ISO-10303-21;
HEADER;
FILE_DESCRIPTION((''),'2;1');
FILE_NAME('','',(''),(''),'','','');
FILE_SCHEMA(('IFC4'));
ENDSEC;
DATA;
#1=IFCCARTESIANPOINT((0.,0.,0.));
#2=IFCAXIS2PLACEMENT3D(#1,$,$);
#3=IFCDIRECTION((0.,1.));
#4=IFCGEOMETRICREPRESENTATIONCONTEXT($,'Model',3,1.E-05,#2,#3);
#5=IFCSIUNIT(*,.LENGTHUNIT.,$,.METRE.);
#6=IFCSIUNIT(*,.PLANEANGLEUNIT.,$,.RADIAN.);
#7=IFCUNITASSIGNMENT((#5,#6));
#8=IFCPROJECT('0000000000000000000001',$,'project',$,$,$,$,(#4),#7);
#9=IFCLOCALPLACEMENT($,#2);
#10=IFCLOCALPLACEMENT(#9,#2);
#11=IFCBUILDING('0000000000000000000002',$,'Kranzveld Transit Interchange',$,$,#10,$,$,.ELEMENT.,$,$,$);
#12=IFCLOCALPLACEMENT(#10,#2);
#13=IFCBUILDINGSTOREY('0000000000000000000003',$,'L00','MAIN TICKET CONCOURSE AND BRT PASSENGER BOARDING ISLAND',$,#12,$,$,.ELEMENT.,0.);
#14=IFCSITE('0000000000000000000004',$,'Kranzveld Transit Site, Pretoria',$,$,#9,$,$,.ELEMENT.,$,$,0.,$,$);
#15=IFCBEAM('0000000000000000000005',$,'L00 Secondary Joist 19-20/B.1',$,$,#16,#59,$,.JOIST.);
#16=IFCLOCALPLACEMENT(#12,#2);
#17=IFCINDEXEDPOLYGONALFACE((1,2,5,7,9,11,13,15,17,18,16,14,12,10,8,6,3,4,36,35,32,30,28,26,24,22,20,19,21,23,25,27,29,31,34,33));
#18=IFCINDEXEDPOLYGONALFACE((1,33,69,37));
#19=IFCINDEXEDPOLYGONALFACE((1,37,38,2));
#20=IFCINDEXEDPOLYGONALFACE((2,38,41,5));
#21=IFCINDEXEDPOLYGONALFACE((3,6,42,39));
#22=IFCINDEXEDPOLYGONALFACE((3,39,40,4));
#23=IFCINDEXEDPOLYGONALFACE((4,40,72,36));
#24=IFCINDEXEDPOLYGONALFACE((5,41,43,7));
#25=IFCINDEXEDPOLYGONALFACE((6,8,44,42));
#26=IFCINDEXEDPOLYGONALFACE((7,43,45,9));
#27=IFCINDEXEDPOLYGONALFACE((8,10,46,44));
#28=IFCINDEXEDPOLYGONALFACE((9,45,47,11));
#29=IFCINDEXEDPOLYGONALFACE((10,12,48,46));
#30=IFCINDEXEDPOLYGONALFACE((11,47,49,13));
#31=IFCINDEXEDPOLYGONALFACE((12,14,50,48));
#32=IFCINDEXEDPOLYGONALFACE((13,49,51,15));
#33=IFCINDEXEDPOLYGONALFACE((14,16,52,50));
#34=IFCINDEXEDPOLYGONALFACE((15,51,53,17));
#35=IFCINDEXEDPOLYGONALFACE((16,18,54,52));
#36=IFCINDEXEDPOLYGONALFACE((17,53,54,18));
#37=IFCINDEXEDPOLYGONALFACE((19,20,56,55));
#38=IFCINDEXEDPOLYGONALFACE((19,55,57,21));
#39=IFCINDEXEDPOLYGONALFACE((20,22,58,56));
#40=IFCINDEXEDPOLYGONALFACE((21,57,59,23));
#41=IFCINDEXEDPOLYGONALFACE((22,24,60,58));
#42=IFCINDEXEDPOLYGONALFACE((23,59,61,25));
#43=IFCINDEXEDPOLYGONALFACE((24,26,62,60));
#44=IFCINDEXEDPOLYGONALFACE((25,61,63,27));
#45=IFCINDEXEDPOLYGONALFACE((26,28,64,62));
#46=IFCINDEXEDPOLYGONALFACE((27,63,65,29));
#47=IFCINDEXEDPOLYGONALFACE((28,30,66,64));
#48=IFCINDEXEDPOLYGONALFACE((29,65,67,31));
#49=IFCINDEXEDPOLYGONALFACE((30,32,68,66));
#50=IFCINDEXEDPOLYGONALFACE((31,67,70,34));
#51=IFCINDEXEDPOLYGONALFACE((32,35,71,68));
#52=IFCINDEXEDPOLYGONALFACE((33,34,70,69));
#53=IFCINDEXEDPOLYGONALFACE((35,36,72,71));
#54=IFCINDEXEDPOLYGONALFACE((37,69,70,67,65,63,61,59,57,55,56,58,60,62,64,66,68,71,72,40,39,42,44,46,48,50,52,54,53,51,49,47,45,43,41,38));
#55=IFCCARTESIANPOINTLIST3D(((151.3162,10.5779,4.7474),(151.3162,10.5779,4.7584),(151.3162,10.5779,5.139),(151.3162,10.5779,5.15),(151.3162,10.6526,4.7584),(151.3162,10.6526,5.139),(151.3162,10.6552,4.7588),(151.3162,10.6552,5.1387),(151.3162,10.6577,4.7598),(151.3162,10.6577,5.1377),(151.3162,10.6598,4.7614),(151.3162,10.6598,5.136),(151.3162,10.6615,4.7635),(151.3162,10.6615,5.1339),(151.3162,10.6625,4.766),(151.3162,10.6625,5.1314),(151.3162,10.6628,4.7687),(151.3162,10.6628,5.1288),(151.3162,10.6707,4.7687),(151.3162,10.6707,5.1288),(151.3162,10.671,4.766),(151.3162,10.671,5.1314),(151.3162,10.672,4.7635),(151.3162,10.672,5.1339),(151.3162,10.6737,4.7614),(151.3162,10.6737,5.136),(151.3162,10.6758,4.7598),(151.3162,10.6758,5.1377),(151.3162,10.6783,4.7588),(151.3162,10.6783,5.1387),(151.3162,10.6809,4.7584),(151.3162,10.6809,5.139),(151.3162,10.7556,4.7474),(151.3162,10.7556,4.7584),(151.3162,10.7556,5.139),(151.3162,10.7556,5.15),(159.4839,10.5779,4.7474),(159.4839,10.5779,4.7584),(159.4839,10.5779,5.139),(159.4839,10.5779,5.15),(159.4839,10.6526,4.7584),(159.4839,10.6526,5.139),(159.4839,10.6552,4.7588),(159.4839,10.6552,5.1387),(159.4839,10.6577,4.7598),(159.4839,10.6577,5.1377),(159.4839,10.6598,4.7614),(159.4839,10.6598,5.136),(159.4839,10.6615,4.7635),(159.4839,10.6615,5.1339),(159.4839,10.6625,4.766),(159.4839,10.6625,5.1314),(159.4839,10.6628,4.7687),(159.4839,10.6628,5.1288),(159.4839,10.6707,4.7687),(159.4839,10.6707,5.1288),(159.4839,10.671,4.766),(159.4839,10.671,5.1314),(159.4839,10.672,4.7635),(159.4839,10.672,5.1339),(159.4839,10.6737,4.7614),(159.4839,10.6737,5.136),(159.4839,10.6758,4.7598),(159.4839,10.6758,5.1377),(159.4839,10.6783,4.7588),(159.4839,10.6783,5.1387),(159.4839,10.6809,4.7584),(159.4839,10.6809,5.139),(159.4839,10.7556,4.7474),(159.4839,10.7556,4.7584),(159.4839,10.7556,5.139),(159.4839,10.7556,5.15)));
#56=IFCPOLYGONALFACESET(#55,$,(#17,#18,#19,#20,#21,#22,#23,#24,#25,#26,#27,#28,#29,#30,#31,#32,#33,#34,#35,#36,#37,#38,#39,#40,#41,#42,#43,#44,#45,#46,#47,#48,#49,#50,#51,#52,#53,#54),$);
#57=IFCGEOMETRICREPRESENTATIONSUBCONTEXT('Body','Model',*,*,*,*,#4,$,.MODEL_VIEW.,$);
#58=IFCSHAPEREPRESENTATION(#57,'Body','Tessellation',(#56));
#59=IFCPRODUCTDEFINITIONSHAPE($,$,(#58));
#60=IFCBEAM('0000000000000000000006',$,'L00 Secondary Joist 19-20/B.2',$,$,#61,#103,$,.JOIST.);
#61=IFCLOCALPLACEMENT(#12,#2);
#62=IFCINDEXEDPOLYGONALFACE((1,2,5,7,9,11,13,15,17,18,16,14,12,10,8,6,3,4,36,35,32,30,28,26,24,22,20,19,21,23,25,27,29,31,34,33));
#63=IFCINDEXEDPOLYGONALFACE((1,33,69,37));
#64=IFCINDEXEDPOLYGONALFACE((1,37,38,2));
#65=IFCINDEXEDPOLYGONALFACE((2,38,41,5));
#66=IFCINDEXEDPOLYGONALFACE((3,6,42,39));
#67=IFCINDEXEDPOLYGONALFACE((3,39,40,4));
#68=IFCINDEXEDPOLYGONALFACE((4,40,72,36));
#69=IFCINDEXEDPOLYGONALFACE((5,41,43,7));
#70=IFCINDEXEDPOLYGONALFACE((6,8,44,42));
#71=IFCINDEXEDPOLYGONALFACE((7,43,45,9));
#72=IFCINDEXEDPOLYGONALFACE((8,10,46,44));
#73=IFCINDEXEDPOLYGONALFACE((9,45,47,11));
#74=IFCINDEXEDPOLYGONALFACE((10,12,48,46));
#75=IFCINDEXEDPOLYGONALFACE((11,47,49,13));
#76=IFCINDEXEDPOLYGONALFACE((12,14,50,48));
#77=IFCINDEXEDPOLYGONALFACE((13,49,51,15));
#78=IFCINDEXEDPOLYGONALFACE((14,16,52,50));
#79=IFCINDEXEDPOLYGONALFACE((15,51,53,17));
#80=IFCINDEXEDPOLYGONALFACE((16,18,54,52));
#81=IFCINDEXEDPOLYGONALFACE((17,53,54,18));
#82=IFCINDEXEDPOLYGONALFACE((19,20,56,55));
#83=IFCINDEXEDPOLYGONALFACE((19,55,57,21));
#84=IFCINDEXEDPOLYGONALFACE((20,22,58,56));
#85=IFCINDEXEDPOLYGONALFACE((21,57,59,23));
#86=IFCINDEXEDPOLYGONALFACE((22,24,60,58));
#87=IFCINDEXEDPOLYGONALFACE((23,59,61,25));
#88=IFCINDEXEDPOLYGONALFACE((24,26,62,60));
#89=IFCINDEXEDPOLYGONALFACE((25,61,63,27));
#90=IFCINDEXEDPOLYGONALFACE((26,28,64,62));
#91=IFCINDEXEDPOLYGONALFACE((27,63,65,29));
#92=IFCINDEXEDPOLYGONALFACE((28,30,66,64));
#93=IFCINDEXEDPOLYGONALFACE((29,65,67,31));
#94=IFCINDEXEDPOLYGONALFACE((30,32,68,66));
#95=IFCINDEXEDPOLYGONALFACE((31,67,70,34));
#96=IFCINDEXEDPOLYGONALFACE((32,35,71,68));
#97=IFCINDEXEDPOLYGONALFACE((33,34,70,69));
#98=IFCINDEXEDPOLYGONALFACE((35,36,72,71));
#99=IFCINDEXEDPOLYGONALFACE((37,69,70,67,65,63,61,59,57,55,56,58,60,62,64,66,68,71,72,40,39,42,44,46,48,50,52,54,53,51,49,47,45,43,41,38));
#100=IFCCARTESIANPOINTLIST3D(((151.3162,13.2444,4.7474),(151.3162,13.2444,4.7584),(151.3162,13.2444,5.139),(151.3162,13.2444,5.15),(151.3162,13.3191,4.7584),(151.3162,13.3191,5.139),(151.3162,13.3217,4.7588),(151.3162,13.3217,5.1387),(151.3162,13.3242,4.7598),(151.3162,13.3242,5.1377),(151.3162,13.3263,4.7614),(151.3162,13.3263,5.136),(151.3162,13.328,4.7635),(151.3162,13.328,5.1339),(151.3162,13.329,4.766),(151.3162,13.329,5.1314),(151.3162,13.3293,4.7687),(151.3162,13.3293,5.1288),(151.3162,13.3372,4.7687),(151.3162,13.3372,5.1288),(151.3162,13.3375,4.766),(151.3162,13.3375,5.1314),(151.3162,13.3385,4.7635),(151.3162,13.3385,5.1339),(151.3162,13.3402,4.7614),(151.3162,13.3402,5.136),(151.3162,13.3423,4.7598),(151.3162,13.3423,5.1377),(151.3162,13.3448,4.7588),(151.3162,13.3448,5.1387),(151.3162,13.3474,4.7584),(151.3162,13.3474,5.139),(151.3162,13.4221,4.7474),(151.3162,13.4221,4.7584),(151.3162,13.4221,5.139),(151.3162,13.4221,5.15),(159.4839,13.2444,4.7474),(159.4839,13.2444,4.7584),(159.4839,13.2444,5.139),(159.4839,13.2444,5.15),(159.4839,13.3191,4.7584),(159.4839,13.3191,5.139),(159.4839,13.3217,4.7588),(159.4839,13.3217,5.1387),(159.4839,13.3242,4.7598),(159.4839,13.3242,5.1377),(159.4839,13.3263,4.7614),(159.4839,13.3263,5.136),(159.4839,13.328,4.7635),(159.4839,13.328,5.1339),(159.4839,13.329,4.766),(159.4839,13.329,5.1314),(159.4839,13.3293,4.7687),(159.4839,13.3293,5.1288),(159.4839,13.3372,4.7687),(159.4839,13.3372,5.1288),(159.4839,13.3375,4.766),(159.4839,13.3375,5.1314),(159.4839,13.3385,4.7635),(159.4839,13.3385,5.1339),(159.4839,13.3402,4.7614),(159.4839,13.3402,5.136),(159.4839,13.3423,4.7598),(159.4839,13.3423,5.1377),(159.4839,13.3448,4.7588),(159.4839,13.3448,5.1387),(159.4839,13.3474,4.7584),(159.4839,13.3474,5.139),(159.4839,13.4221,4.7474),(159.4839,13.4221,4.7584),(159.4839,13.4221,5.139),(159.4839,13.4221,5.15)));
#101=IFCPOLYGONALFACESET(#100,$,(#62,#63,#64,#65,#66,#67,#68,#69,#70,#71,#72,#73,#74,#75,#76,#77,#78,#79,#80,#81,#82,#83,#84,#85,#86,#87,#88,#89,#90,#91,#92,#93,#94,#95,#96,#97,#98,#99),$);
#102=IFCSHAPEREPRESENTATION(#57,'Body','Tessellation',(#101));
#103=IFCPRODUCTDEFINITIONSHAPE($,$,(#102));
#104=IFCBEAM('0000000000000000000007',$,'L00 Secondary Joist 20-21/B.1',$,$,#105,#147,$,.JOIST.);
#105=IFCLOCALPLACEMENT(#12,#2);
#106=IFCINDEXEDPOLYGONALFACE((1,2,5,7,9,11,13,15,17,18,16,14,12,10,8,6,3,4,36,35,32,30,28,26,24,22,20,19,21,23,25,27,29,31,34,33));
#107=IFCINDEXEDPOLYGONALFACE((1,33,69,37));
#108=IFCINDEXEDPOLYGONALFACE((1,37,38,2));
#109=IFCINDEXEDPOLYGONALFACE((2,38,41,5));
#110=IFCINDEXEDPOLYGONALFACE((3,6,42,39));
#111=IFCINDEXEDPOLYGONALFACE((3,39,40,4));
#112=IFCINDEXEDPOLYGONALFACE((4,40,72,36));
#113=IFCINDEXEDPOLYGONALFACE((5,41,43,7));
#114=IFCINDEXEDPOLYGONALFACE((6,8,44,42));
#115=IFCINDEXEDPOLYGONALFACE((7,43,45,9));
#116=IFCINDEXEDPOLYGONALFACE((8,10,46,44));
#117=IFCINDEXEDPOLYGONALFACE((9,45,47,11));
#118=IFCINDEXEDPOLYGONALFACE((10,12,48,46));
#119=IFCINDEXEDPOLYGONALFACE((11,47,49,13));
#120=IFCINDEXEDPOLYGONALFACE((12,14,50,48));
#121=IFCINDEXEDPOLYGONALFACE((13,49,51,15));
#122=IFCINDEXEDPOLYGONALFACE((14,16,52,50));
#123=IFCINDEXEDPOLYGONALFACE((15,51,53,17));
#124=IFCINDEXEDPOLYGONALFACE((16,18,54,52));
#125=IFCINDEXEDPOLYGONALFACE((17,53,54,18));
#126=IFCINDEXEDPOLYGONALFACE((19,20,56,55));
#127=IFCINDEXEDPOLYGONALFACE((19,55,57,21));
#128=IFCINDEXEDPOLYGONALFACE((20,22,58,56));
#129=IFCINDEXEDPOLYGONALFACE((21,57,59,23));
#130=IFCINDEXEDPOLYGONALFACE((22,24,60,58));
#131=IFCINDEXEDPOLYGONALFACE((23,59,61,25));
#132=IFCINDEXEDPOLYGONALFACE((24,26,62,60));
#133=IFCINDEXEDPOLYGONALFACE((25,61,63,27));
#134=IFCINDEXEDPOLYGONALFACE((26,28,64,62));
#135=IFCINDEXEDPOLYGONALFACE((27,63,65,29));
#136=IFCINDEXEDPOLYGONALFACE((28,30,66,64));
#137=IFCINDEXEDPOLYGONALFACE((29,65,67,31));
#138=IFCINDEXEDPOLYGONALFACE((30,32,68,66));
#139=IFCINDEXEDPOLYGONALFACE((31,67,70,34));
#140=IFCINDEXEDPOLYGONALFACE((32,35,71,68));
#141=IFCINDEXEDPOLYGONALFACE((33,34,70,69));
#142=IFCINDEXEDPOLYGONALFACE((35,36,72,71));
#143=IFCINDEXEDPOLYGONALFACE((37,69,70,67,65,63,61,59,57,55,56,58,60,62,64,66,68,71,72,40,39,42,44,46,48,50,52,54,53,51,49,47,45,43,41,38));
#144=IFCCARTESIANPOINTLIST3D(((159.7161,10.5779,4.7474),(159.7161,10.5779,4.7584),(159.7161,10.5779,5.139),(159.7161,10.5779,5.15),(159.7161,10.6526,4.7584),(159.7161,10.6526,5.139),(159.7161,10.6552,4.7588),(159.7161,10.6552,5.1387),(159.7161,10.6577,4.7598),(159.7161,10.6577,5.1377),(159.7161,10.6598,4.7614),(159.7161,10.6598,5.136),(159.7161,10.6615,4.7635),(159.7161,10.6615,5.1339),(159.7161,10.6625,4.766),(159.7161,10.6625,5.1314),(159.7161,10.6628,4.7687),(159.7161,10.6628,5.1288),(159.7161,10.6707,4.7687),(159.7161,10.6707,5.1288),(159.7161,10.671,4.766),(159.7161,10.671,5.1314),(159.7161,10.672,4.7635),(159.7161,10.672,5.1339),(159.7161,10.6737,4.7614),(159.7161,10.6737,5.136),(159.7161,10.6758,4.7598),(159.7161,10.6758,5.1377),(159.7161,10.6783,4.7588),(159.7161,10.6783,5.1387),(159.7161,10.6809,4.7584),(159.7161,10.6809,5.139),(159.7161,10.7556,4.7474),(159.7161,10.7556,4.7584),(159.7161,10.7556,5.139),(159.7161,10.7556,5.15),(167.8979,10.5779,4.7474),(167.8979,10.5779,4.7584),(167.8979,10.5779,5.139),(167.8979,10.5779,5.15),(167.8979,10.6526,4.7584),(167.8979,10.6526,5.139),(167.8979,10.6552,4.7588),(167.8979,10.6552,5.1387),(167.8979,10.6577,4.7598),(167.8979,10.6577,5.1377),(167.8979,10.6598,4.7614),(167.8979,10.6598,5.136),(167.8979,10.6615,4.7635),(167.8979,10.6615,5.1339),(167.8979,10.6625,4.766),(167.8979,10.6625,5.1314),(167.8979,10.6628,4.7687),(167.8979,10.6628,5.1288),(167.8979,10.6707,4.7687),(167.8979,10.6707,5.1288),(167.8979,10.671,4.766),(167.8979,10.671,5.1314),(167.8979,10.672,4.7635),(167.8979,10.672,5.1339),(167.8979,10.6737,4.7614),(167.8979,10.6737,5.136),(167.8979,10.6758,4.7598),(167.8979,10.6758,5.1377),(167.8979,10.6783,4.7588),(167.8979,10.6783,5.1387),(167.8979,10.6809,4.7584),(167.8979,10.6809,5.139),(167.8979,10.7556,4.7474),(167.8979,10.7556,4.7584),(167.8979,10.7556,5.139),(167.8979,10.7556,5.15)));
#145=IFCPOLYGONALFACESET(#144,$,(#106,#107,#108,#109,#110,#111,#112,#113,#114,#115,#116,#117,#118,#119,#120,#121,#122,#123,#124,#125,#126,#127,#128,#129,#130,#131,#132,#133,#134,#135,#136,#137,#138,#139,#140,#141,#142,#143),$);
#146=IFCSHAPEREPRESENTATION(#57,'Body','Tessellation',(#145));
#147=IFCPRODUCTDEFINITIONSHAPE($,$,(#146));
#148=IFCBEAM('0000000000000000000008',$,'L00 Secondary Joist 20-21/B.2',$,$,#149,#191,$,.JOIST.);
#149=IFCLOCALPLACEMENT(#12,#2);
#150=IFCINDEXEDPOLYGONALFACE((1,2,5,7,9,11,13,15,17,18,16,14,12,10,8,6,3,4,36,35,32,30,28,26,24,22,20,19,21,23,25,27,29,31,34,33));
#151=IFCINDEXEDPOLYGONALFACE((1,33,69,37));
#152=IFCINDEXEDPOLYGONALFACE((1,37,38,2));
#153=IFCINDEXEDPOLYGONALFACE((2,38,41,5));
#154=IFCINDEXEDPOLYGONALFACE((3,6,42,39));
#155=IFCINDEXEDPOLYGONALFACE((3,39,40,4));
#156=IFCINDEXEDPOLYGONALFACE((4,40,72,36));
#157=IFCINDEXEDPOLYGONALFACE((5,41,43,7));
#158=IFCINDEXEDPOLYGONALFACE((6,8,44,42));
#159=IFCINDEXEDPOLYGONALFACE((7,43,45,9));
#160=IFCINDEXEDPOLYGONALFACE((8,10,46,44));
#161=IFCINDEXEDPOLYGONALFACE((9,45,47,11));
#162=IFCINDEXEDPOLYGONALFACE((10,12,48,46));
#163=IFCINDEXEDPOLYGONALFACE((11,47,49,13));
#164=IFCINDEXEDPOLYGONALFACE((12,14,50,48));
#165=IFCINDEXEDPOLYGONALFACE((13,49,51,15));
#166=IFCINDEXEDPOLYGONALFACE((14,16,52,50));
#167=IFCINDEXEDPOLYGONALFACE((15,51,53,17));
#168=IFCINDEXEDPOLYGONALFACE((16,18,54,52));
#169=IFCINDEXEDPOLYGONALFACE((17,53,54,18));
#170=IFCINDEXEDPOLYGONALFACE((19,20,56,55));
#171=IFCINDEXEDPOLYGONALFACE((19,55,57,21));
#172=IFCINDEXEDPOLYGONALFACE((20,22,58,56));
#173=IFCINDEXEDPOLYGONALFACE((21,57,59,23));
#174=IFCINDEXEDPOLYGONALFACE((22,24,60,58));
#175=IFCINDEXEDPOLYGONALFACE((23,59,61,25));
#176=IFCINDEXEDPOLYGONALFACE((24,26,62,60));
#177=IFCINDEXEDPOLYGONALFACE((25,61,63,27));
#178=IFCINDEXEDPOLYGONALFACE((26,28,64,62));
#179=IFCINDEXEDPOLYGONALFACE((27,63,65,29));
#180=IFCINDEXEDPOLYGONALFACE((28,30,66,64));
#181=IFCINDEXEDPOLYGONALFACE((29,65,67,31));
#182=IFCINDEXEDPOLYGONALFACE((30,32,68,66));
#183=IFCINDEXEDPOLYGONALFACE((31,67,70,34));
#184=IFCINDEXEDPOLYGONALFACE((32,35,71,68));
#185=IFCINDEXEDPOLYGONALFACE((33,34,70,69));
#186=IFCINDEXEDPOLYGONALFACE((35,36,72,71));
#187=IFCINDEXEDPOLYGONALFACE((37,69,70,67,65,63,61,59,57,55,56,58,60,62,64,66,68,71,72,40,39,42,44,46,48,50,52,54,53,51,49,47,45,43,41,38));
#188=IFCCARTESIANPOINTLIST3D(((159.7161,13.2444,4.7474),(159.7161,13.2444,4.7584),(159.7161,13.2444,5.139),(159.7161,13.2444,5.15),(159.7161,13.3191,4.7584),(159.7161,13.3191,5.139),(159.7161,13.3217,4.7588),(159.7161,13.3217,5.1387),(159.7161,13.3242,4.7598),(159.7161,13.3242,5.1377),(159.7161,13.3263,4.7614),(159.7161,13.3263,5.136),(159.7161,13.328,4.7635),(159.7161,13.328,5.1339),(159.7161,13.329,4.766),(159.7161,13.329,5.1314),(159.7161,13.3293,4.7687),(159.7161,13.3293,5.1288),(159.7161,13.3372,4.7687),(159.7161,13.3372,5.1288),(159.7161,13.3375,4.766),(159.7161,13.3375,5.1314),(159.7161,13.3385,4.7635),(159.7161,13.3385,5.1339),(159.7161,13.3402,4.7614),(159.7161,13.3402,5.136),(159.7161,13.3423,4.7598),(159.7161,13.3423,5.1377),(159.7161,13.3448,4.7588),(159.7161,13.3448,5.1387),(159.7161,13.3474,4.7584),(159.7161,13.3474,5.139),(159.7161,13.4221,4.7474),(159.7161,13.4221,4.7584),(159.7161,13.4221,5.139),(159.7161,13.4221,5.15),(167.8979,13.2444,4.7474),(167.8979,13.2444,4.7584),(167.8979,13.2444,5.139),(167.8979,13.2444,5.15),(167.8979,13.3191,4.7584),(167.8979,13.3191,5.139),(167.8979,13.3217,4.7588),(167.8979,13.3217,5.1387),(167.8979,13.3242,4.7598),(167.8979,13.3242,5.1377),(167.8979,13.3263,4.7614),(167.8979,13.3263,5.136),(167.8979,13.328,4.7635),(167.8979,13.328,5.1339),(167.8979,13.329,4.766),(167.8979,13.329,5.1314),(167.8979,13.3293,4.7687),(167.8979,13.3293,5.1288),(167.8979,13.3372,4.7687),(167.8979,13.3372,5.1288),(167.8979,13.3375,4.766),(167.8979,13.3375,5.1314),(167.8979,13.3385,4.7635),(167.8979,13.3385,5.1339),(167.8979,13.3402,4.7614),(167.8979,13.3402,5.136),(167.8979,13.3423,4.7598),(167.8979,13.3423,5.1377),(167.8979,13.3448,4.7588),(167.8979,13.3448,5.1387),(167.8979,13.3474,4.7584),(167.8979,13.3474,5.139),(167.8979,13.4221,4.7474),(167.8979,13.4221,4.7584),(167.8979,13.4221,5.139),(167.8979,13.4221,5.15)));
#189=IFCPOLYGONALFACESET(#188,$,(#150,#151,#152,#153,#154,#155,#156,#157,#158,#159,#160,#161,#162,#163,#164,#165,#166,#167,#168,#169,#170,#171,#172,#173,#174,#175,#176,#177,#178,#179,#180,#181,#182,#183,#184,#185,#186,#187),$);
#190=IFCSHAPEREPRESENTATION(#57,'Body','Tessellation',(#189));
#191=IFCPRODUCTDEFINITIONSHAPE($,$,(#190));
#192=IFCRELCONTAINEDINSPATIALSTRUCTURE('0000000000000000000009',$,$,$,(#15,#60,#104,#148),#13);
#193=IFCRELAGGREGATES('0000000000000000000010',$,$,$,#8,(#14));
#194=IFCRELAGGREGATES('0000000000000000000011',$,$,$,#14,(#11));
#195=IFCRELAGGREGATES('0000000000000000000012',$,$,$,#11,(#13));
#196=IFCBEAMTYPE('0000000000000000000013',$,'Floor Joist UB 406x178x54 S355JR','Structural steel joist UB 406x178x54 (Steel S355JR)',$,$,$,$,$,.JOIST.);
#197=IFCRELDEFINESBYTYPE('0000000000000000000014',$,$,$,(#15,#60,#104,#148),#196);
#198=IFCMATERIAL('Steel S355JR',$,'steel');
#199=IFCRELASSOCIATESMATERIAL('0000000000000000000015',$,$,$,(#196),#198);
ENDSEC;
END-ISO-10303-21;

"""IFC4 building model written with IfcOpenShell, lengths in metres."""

from ifc_helpers import new_model, si_unit, direction, frame, origin, origin_2d, place, context, subcontext, project, spatial, i_section, extrude, material, material_profile, profile_set, type_object, element, save


model = new_model("IFC4")

# Units and contexts
model_context = context("Model", 3, precision=1e-05, world=origin(), true_north=direction((0.0, 1.0)))
body_context = subcontext(model_context, "Body", "Model", "MODEL_VIEW")
ifc_project = project(units=[si_unit("LENGTHUNIT", "METRE"), si_unit("PLANEANGLEUNIT", "RADIAN")], contexts=[model_context])

# Site, building, storey
site_placement = place(None, origin())
site = spatial("IfcSite", under=ifc_project, at=site_placement, Name="Kranzveld Transit Site, Pretoria", CompositionType="ELEMENT", RefElevation=0.0)
building_placement = place(site_placement, origin())
building = spatial("IfcBuilding", under=site, at=building_placement, Name="Kranzveld Transit Interchange", CompositionType="ELEMENT")
storey_placement = place(building_placement, origin())
storey = spatial("IfcBuildingStorey", under=building, at=storey_placement, Name="L00", Description="MAIN TICKET CONCOURSE AND BRT PASSENGER BOARDING ISLAND", CompositionType="ELEMENT", Elevation=0.0)

# Beams
ifc_material_1 = material(Name="Steel S355JR", Category="steel")
ifc_material_profile_1 = material_profile(ifc_material_1, i_section(OverallWidth=0.1777, OverallDepth=0.4026, WebThickness=0.0078, FlangeThickness=0.011, FilletRadius=0.0103, at=origin_2d()), Name="UB 406x178x54")
ifc_profile_set_1 = profile_set([ifc_material_profile_1], Name="Steel S355JR")
beam_type_1 = type_object("IfcBeamType", Name="Floor Joist UB 406x178x54 S355JR", Description="Structural steel joist UB 406x178x54 (Steel S355JR)", PredefinedType="JOIST", material=ifc_profile_set_1)
for number, where, z_axis, x_axis, name in (
    (1, (151.3162, 10.6667, 4.9487), (1.0, 0.0, 0.0), (0.0, 1.0, 0.0), "L00 Secondary Joist 19-20/B.1"),
    (2, (151.3162, 13.3333, 4.9487), (1.0, 0.0, 0.0), (0.0, 1.0, 0.0), "L00 Secondary Joist 19-20/B.2"),
):
    element("IfcBeam", number, at=place(storey_placement, frame(where, z_axis=z_axis, x_axis=x_axis)), inside=storey, type_object=beam_type_1, Name=name, PredefinedType="JOIST", context=body_context, shape_type="SweptSolid", body=[
        extrude(i_section(OverallWidth=0.1777, OverallDepth=0.4026, WebThickness=0.0078, FlangeThickness=0.011, FilletRadius=0.0103, at=origin_2d()), origin(), (0.0, 0.0, 1.0), 8.1677),
    ])
for number, where, z_axis, x_axis, name in (
    (3, (159.7161, 10.6667, 4.9487), (1.0, 0.0, 0.0), (0.0, 1.0, 0.0), "L00 Secondary Joist 20-21/B.1"),
    (4, (159.7161, 13.3333, 4.9487), (1.0, 0.0, 0.0), (0.0, 1.0, 0.0), "L00 Secondary Joist 20-21/B.2"),
):
    element("IfcBeam", number, at=place(storey_placement, frame(where, z_axis=z_axis, x_axis=x_axis)), inside=storey, type_object=beam_type_1, Name=name, PredefinedType="JOIST", context=body_context, shape_type="SweptSolid", body=[
        extrude(i_section(OverallWidth=0.1777, OverallDepth=0.4026, WebThickness=0.0078, FlangeThickness=0.011, FilletRadius=0.0103, at=origin_2d()), origin(), (0.0, 0.0, 1.0), 8.1819),
    ])

save(model, "model.ifc")
